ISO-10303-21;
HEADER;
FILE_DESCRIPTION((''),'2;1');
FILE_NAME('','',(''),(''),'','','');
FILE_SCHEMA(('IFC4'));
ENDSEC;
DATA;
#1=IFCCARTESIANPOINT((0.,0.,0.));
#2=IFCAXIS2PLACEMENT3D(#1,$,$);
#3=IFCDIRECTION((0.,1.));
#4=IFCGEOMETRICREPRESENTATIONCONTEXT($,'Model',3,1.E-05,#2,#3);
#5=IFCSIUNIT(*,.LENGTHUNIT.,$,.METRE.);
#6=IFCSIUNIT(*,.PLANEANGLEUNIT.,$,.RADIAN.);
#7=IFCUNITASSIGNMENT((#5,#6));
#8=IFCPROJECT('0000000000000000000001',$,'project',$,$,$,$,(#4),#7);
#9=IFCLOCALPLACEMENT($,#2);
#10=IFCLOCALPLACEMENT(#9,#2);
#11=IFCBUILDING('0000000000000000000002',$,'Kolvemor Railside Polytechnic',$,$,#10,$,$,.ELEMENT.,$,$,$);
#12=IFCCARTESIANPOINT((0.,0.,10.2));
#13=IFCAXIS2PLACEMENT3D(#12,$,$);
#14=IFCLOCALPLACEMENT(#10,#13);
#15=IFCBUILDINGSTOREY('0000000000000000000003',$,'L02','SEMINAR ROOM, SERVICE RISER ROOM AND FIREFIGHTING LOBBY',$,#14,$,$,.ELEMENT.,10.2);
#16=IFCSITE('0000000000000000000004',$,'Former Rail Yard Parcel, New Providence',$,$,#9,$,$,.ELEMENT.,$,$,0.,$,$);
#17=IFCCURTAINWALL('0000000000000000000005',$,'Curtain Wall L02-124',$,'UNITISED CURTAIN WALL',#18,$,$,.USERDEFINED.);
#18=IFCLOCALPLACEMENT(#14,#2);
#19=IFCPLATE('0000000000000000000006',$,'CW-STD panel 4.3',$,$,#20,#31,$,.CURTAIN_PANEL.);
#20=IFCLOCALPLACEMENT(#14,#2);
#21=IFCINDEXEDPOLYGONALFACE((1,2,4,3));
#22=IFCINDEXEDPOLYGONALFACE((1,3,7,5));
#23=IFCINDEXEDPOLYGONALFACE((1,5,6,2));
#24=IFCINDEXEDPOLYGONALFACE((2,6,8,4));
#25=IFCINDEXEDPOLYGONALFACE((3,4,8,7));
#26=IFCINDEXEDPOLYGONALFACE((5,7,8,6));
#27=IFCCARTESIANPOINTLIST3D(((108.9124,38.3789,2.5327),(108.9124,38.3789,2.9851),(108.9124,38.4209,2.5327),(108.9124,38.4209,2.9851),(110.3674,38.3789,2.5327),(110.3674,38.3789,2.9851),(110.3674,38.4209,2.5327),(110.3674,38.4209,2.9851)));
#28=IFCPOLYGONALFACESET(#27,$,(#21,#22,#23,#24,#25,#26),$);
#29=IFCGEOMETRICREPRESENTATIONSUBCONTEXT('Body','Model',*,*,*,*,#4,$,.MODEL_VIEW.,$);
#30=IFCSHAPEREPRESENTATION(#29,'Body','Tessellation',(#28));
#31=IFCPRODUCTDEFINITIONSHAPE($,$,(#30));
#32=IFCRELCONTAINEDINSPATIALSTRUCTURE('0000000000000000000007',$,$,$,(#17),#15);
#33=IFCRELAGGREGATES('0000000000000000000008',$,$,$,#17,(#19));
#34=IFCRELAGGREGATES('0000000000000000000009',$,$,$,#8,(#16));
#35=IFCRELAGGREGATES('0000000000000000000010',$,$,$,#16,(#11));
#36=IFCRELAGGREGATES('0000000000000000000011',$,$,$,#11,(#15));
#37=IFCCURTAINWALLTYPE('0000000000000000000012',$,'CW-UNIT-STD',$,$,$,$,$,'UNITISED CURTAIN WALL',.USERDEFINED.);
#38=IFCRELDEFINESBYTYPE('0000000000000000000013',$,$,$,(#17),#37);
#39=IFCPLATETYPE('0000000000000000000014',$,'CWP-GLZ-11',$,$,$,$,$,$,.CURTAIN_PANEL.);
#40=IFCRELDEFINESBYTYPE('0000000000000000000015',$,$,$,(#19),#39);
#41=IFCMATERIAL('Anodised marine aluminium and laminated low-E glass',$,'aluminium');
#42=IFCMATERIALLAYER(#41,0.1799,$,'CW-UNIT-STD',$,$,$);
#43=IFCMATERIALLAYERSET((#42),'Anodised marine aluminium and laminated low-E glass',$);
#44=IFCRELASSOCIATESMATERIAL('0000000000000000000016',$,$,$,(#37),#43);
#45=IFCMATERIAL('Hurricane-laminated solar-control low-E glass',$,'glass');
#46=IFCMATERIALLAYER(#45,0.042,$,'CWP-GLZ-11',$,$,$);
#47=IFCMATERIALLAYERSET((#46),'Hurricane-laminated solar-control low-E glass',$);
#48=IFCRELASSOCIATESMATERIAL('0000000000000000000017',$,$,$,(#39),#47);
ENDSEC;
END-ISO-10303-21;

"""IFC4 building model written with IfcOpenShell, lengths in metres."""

from ifc_helpers import new_model, si_unit, direction, frame, origin, origin_2d, place, context, subcontext, project, spatial, rectangle, extrude, material, layer, layer_set, type_object, element, aggregate, save


model = new_model("IFC4")

# Units and contexts
model_context = context("Model", 3, precision=1e-05, world=origin(), true_north=direction((0.0, 1.0)))
body_context = subcontext(model_context, "Body", "Model", "MODEL_VIEW")
ifc_project = project(units=[si_unit("LENGTHUNIT", "METRE"), si_unit("PLANEANGLEUNIT", "RADIAN")], contexts=[model_context])

# Site, building, storey
site_placement = place(None, origin())
site = spatial("IfcSite", under=ifc_project, at=site_placement, Name="Former Rail Yard Parcel, New Providence", CompositionType="ELEMENT", RefElevation=0.0)
building_placement = place(site_placement, origin())
building = spatial("IfcBuilding", under=site, at=building_placement, Name="Kolvemor Railside Polytechnic", CompositionType="ELEMENT")
storey_placement = place(building_placement, frame((0.0, 0.0, 10.2)))
storey = spatial("IfcBuildingStorey", under=building, at=storey_placement, Name="L02", Description="SEMINAR ROOM, SERVICE RISER ROOM AND FIREFIGHTING LOBBY", CompositionType="ELEMENT", Elevation=10.2)

# Curtain wall, plate
ifc_material_1 = material(Name="Anodised marine aluminium and laminated low-E glass", Category="aluminium")
ifc_layer_1 = layer(ifc_material_1, 0.1799, Name="CW-UNIT-STD")
ifc_layer_set_1 = layer_set([ifc_layer_1], Name="Anodised marine aluminium and laminated low-E glass")
curtain_wall_type = type_object("IfcCurtainWallType", Name="CW-UNIT-STD", ElementType="UNITISED CURTAIN WALL", PredefinedType="USERDEFINED", material=ifc_layer_set_1)
curtain_wall_placement = place(storey_placement, origin())
curtain_wall = element("IfcCurtainWall", 1, at=curtain_wall_placement, inside=storey, type_object=curtain_wall_type, Name="Curtain Wall L02-124", ObjectType="UNITISED CURTAIN WALL", PredefinedType="USERDEFINED")
ifc_material_2 = material(Name="Hurricane-laminated solar-control low-E glass", Category="glass")
ifc_layer_2 = layer(ifc_material_2, 0.042, Name="CWP-GLZ-11")
ifc_layer_set_2 = layer_set([ifc_layer_2], Name="Hurricane-laminated solar-control low-E glass")
plate_type = type_object("IfcPlateType", Name="CWP-GLZ-11", PredefinedType="CURTAIN_PANEL", material=ifc_layer_set_2)
plate_1_placement = place(storey_placement, frame((109.6399, 38.3999, 2.5327), z_axis=(0.0, 0.0, 1.0), x_axis=(-1.0, 0.0, 0.0)))
plate_1 = element("IfcPlate", 2, at=plate_1_placement, type_object=plate_type, Name="CW-STD panel 4.3", PredefinedType="CURTAIN_PANEL", context=body_context, shape_type="SweptSolid", body=[
    extrude(rectangle(XDim=1.4551, YDim=0.042, at=origin_2d()), origin(), (0.0, 0.0, 1.0), 0.4524),
])
aggregate(curtain_wall, [plate_1])

save(model, "model.ifc")
